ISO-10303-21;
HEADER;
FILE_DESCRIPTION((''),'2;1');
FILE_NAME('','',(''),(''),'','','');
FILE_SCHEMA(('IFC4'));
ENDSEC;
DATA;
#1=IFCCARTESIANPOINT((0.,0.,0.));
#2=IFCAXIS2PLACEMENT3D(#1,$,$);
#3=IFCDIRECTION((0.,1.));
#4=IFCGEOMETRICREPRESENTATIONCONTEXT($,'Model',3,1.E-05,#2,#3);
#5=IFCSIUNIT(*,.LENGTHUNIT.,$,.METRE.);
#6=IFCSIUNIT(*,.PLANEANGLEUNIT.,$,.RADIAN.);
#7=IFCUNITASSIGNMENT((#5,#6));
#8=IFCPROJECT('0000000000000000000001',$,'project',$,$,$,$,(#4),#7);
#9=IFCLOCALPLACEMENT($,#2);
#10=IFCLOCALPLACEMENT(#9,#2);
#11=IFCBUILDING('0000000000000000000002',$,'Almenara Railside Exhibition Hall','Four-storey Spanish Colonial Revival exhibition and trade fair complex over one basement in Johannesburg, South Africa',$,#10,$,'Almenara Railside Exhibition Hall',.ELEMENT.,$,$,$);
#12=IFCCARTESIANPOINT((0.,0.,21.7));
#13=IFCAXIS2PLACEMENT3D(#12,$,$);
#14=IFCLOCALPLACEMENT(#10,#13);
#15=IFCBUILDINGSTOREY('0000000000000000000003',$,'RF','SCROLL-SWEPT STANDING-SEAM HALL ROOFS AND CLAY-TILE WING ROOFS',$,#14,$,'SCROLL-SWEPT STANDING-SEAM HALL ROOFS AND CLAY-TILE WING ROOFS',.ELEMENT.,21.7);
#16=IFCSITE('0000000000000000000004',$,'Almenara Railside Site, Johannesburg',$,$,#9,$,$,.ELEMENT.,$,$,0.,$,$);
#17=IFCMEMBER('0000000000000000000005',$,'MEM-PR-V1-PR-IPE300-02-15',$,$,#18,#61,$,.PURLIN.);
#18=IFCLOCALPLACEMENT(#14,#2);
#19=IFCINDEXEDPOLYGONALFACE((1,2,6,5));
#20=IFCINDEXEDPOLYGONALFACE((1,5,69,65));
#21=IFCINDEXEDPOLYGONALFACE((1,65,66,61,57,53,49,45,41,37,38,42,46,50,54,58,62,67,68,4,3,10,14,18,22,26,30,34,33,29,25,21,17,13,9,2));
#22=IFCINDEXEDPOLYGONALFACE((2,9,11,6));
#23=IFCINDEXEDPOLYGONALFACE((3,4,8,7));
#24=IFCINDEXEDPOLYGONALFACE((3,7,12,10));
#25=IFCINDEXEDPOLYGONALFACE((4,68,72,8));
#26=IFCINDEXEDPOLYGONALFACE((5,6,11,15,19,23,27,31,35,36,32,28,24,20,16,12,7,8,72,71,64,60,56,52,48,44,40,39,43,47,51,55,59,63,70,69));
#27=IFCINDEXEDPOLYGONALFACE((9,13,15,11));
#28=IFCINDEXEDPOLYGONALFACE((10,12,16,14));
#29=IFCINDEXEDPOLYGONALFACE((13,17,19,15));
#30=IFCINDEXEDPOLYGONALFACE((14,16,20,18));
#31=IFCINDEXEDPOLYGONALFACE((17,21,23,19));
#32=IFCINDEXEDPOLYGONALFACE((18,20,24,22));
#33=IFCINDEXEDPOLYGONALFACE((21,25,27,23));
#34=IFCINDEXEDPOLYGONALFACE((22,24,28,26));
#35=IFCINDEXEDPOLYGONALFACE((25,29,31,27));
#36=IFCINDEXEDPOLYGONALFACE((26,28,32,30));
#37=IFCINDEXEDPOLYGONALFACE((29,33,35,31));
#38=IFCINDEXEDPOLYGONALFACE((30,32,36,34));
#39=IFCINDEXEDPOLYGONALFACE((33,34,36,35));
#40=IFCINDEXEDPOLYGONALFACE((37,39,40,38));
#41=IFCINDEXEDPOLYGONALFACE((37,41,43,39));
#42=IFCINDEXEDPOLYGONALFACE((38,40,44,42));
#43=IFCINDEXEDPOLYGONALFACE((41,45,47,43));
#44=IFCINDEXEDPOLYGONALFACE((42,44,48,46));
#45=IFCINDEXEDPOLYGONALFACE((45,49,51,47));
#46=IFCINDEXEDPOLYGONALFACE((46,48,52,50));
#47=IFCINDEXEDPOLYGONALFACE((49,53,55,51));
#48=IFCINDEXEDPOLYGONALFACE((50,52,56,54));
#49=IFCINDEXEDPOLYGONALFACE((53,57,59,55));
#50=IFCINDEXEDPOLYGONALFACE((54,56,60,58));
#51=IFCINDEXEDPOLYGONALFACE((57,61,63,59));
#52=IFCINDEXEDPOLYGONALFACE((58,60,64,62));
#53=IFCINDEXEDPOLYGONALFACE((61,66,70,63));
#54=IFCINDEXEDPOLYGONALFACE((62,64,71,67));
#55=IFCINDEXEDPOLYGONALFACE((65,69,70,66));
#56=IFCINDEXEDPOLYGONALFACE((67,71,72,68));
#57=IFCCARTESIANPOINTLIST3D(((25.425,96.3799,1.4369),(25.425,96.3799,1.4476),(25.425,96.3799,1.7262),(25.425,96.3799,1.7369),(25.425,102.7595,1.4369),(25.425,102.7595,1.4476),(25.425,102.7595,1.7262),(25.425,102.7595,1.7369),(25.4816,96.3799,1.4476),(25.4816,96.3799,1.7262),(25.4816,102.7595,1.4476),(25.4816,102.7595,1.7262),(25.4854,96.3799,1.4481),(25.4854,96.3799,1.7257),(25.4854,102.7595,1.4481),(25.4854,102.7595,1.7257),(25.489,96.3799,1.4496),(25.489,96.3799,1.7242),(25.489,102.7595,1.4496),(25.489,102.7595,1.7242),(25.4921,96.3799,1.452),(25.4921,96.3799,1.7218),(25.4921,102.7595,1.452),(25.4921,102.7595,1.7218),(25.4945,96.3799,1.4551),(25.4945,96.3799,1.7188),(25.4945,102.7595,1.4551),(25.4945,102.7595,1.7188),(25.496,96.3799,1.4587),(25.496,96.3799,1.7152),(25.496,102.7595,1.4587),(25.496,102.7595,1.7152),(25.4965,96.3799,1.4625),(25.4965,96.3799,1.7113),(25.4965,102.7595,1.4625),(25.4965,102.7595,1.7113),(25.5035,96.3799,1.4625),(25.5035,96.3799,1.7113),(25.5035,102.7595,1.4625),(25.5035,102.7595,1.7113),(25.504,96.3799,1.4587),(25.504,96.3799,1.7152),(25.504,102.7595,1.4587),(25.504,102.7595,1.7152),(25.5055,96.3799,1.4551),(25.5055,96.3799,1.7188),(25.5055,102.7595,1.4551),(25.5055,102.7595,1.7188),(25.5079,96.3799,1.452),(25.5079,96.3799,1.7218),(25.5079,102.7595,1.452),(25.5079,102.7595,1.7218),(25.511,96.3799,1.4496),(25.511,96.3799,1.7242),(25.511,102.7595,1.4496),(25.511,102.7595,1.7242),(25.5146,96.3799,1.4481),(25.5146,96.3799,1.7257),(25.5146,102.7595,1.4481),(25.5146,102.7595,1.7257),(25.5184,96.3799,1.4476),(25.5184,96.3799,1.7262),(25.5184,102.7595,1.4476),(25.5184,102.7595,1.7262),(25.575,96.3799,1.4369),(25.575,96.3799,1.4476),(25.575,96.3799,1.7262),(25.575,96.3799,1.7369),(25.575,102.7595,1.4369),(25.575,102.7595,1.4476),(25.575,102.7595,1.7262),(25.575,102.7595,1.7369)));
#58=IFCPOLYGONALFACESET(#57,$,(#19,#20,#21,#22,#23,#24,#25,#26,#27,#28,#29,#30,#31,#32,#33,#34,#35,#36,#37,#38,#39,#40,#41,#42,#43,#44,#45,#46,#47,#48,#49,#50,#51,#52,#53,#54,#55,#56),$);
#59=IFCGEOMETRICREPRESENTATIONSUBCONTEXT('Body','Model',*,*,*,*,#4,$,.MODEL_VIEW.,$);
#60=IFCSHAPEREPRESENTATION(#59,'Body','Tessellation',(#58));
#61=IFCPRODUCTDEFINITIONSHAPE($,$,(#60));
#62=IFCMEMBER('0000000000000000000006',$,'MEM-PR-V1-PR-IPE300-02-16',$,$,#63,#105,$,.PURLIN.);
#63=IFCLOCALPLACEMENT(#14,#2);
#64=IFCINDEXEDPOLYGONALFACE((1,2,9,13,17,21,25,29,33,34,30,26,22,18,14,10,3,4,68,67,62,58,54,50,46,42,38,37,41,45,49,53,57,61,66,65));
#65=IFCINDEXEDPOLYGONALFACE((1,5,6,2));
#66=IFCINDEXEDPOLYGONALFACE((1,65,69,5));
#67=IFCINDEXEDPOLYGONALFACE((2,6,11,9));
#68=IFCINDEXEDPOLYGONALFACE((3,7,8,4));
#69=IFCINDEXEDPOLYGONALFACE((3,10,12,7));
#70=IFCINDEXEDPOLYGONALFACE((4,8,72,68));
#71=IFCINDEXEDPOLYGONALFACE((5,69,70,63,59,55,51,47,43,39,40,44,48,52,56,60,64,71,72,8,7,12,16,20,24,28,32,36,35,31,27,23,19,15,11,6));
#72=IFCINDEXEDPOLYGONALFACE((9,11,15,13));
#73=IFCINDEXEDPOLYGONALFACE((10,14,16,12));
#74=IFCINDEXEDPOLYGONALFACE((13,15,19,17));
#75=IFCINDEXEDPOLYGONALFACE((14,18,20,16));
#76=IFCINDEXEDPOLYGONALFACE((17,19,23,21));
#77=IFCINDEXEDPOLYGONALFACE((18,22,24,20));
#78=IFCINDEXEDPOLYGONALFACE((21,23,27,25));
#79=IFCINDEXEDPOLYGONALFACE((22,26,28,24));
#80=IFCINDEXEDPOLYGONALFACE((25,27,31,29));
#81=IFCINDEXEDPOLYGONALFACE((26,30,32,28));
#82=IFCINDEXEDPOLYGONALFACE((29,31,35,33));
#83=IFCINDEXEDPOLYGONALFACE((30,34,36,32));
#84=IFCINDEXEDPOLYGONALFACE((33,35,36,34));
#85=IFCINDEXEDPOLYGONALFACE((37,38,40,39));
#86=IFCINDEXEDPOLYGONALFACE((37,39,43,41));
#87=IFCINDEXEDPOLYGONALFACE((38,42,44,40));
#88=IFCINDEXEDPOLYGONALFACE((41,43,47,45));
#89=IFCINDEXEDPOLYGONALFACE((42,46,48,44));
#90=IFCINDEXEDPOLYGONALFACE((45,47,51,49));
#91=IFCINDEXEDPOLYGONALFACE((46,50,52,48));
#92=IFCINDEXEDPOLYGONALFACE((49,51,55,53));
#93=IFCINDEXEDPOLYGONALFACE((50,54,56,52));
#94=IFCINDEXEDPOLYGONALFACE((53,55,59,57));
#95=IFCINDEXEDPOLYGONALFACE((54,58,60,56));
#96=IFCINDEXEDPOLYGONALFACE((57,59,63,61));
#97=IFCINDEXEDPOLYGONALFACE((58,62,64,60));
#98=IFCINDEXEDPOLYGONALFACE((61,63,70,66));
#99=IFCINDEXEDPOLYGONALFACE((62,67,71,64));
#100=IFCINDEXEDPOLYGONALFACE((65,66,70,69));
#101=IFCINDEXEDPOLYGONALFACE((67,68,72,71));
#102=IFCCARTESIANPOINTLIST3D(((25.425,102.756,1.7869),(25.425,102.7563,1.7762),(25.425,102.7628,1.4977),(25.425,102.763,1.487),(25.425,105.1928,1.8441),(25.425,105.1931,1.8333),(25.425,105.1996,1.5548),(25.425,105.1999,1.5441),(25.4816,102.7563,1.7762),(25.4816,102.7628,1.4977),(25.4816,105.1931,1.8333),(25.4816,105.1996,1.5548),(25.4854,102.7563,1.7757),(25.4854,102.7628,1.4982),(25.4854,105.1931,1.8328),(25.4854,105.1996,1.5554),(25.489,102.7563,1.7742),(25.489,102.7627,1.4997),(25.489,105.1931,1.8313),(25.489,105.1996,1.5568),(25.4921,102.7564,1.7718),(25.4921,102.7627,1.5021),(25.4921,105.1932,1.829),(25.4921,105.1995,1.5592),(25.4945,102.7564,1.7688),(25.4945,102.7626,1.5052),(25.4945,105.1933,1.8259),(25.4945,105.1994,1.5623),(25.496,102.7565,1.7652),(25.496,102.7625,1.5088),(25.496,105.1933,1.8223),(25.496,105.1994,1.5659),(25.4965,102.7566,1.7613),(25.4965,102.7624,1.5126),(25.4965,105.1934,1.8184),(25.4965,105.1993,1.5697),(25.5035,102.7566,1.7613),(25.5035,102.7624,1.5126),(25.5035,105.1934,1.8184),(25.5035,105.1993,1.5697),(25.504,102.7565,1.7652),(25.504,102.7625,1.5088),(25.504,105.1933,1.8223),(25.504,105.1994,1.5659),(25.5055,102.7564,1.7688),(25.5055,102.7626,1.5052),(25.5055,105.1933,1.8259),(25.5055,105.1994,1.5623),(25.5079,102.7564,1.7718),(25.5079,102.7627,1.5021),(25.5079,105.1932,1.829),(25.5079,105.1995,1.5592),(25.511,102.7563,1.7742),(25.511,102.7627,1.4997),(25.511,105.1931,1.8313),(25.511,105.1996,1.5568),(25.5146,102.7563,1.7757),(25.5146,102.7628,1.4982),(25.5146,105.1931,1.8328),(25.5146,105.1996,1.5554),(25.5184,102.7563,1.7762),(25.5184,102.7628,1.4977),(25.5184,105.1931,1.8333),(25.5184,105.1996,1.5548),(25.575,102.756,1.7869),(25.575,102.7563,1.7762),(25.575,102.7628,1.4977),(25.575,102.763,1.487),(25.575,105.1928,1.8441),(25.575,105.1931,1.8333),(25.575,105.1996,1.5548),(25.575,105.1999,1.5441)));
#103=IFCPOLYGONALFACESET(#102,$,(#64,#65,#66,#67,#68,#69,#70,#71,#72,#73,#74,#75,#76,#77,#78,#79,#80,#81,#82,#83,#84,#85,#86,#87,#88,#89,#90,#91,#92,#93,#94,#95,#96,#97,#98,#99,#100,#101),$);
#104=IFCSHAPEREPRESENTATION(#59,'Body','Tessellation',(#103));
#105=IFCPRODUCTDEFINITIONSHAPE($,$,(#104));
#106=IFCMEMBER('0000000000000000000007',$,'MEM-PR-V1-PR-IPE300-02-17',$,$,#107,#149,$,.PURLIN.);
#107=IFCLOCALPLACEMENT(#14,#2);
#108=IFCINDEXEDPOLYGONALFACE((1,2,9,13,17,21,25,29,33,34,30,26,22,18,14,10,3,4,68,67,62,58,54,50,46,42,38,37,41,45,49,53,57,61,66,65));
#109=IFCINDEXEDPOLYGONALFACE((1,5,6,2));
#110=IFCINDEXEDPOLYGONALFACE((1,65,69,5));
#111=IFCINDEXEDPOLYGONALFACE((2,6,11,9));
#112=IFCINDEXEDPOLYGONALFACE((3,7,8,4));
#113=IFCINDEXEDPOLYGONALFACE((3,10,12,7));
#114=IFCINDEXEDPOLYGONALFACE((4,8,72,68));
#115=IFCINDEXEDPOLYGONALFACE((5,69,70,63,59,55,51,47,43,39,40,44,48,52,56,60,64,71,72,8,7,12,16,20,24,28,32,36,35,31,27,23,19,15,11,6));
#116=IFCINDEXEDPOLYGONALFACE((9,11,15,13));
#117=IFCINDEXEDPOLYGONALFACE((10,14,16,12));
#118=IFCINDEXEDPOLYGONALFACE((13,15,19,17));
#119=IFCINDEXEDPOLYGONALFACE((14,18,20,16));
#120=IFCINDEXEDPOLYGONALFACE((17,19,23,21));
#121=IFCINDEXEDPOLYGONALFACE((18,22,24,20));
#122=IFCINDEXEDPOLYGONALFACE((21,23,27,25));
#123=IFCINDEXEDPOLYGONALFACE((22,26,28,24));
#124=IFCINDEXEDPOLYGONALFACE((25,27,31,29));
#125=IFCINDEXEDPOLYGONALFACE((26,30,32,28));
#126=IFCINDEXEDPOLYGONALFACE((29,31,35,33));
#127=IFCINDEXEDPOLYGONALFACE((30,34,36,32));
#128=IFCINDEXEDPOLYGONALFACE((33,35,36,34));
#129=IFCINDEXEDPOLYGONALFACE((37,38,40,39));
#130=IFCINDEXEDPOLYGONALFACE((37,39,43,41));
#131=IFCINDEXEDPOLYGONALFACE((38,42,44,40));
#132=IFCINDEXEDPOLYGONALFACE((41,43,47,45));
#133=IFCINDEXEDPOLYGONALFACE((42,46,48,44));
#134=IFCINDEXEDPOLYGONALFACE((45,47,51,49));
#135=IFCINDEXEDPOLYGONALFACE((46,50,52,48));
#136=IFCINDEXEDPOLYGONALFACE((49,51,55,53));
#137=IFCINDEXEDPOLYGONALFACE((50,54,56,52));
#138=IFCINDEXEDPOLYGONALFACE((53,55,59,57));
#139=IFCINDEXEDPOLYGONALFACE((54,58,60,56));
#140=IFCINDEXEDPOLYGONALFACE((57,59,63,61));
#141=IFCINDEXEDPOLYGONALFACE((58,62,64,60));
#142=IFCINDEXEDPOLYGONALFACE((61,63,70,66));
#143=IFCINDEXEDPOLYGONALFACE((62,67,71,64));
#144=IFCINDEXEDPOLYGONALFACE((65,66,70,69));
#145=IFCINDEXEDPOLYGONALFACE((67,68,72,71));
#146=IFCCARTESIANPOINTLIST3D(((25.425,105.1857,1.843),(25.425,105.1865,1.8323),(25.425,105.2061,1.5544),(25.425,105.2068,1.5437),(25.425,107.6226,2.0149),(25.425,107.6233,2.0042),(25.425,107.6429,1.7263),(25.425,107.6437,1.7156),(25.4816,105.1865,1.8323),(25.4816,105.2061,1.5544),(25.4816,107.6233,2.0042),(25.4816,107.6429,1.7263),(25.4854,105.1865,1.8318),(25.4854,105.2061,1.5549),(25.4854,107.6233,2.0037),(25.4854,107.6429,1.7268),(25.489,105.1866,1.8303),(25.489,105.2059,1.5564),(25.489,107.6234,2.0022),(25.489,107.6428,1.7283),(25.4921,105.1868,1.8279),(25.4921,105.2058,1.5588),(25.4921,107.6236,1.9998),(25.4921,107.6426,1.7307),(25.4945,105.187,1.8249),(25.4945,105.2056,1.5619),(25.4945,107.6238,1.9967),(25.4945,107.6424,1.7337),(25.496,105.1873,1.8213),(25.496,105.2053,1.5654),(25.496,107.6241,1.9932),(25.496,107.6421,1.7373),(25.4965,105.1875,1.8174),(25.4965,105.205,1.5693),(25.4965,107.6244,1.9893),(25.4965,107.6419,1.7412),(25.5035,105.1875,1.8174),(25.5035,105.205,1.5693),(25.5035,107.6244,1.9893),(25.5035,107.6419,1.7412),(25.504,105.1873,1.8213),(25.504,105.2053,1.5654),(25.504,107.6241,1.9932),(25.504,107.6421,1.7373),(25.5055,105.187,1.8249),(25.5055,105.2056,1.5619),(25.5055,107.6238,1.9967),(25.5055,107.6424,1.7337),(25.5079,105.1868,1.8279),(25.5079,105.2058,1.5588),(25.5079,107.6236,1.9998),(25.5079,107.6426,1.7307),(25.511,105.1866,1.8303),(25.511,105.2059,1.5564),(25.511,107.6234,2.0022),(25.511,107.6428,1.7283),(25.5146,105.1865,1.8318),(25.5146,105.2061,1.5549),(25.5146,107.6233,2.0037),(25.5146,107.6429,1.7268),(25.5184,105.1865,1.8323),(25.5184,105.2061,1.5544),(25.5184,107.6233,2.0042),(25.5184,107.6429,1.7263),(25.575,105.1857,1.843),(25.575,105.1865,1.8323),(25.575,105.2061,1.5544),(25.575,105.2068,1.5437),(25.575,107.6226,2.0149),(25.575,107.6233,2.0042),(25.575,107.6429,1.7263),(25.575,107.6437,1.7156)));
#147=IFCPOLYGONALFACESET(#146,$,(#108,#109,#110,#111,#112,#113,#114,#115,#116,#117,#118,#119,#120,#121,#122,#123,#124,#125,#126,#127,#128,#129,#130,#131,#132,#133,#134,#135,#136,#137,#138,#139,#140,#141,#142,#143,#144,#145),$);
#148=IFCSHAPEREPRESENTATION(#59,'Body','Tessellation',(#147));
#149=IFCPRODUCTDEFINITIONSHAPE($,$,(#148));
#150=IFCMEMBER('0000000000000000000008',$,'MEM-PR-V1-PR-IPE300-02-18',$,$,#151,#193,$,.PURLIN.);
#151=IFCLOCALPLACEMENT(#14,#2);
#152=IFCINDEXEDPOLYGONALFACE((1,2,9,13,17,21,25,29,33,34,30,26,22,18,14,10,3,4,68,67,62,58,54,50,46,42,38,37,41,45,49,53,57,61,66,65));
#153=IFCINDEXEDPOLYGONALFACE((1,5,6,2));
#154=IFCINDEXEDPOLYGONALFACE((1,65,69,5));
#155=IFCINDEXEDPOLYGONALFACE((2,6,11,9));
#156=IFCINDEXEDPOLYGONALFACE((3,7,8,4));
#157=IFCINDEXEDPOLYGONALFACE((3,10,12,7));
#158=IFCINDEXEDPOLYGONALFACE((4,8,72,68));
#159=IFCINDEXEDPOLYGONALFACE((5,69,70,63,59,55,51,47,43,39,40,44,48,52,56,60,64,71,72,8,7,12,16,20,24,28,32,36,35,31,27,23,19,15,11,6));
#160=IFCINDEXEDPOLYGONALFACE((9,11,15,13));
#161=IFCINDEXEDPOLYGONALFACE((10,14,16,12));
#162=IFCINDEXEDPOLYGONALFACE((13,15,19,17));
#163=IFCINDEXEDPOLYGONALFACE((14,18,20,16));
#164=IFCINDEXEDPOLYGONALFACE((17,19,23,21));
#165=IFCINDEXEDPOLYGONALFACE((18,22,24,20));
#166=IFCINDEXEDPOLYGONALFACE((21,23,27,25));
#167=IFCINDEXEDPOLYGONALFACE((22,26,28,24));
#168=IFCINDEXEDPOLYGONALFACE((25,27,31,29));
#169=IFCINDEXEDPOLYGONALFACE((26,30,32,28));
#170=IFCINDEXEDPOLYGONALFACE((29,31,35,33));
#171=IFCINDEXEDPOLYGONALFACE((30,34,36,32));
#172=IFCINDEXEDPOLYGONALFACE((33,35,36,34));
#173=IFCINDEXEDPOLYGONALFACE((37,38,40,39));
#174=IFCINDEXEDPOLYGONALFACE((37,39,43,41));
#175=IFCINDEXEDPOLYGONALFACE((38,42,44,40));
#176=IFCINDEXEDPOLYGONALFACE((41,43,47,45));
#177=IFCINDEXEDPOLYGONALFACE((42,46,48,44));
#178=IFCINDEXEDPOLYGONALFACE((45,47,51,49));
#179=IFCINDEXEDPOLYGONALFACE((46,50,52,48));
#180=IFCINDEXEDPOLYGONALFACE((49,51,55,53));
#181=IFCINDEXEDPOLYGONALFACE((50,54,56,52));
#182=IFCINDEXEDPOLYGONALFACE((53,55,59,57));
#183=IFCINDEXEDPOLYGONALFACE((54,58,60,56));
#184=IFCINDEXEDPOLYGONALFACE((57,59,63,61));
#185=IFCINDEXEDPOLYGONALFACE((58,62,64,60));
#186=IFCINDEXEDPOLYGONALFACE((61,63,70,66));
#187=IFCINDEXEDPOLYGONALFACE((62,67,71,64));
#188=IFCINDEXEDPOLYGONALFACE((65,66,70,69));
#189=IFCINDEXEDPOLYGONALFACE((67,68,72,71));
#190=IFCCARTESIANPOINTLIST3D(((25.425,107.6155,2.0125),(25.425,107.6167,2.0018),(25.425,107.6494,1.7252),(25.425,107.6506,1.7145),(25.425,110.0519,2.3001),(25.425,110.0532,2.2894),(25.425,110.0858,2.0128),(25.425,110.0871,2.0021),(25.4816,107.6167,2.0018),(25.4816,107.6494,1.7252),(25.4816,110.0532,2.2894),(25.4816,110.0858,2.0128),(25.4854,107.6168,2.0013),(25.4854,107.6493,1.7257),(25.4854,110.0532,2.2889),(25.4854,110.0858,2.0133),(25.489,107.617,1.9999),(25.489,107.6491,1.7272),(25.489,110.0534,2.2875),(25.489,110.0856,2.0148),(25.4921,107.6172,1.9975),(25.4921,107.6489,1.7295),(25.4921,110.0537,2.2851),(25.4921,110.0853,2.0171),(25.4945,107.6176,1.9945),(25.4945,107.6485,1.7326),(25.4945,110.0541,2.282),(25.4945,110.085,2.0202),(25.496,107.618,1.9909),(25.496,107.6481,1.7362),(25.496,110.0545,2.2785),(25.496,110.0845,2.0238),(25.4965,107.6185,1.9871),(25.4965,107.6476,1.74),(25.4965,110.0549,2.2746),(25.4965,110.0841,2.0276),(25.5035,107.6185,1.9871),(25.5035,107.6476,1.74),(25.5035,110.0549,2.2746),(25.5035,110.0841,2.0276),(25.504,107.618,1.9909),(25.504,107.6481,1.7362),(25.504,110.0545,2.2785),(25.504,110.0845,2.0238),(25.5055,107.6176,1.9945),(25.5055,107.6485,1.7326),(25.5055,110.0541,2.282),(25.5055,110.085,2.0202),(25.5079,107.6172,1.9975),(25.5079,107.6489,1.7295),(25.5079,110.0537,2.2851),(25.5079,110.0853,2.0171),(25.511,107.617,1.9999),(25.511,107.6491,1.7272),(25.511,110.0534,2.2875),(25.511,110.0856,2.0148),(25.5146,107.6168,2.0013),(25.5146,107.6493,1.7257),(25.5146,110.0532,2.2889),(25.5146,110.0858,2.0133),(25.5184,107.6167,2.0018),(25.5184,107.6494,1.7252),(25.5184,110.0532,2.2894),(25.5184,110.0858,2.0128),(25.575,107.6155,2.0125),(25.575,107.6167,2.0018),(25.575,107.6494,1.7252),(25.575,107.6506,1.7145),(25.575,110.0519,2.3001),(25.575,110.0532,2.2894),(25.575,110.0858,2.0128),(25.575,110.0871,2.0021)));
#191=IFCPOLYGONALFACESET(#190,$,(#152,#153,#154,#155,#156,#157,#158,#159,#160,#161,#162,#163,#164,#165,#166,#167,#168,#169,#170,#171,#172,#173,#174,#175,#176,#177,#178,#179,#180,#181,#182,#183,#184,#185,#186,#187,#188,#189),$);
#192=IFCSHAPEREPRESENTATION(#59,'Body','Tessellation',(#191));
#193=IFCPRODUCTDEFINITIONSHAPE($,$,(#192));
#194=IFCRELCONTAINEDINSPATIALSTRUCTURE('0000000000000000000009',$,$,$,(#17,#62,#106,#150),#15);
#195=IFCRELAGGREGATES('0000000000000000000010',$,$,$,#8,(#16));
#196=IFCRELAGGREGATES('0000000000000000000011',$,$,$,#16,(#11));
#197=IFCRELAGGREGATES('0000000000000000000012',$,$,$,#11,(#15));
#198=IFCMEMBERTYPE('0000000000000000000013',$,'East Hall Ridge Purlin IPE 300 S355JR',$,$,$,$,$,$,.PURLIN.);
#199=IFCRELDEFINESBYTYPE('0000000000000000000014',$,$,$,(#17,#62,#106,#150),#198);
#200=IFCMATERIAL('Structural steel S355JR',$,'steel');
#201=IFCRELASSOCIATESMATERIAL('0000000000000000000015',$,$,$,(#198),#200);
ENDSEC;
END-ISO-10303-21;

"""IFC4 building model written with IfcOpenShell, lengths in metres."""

from ifc_helpers import new_model, si_unit, direction, frame, origin, origin_2d, place, context, subcontext, project, spatial, i_section, extrude, material, material_profile, profile_set, type_object, element, save


model = new_model("IFC4")

# Units and contexts
model_context = context("Model", 3, precision=1e-05, world=origin(), true_north=direction((0.0, 1.0)))
body_context = subcontext(model_context, "Body", "Model", "MODEL_VIEW")
ifc_project = project(units=[si_unit("LENGTHUNIT", "METRE"), si_unit("PLANEANGLEUNIT", "RADIAN")], contexts=[model_context])

# Site, building, storey
site_placement = place(None, origin())
site = spatial("IfcSite", under=ifc_project, at=site_placement, Name="Almenara Railside Site, Johannesburg", CompositionType="ELEMENT", RefElevation=0.0)
building_placement = place(site_placement, origin())
building = spatial("IfcBuilding", under=site, at=building_placement, Name="Almenara Railside Exhibition Hall", Description="Four-storey Spanish Colonial Revival exhibition and trade fair complex over one basement in Johannesburg, South Africa", LongName="Almenara Railside Exhibition Hall", CompositionType="ELEMENT")
storey_placement = place(building_placement, frame((0.0, 0.0, 21.7)))
storey = spatial("IfcBuildingStorey", under=building, at=storey_placement, Name="RF", Description="SCROLL-SWEPT STANDING-SEAM HALL ROOFS AND CLAY-TILE WING ROOFS", LongName="SCROLL-SWEPT STANDING-SEAM HALL ROOFS AND CLAY-TILE WING ROOFS", CompositionType="ELEMENT", Elevation=21.7)

# Members
ifc_material_1 = material(Name="Structural steel S355JR", Category="steel")
ifc_material_profile_1 = material_profile(ifc_material_1, i_section(OverallWidth=0.1499, OverallDepth=0.3, WebThickness=0.0071, FlangeThickness=0.0107, FilletRadius=0.0149, at=origin_2d()), Name="IPE 300")
ifc_profile_set_1 = profile_set([ifc_material_profile_1], Name="Structural steel S355JR")
member_type_1 = type_object("IfcMemberType", Name="East Hall Ridge Purlin IPE 300 S355JR", PredefinedType="PURLIN", material=ifc_profile_set_1)
member_1_placement = place(storey_placement, frame((25.5, 96.3799, 1.5869), z_axis=(0.0, 1.0, 0.0), x_axis=(-1.0, 0.0, 0.0)))
element("IfcMember", 1, at=member_1_placement, inside=storey, type_object=member_type_1, Name="MEM-PR-V1-PR-IPE300-02-15", PredefinedType="PURLIN", context=body_context, shape_type="SweptSolid", body=[
    extrude(i_section(OverallWidth=0.1499, OverallDepth=0.3, WebThickness=0.0071, FlangeThickness=0.0107, FilletRadius=0.0149, at=origin_2d()), origin(), (0.0, 0.0, 1.0), 6.3796),
])
member_2_placement = place(storey_placement, frame((25.5, 102.7595, 1.637), z_axis=(0.0, 0.999725, 0.023438), x_axis=(-1.0, 0.0, 0.0)))
element("IfcMember", 2, at=member_2_placement, inside=storey, type_object=member_type_1, Name="MEM-PR-V1-PR-IPE300-02-16", PredefinedType="PURLIN", context=body_context, shape_type="SweptSolid", body=[
    extrude(i_section(OverallWidth=0.1499, OverallDepth=0.3, WebThickness=0.0071, FlangeThickness=0.0107, FilletRadius=0.0149, at=origin_2d()), origin(), (0.0, 0.0, 1.0), 2.4375),
])
member_3_placement = place(storey_placement, frame((25.5, 105.1963, 1.6934), z_axis=(0.0, 0.997522, 0.070359), x_axis=(-1.0, 0.0, 0.0)))
element("IfcMember", 3, at=member_3_placement, inside=storey, type_object=member_type_1, Name="MEM-PR-V1-PR-IPE300-02-17", PredefinedType="PURLIN", context=body_context, shape_type="SweptSolid", body=[
    extrude(i_section(OverallWidth=0.1499, OverallDepth=0.3, WebThickness=0.0071, FlangeThickness=0.0107, FilletRadius=0.0149, at=origin_2d()), origin(), (0.0, 0.0, 1.0), 2.4429),
])
member_4_placement = place(storey_placement, frame((25.5, 107.6331, 1.8635), z_axis=(0.0, 0.993106, 0.117222), x_axis=(-1.0, 0.0, 0.0)))
element("IfcMember", 4, at=member_4_placement, inside=storey, type_object=member_type_1, Name="MEM-PR-V1-PR-IPE300-02-18", PredefinedType="PURLIN", context=body_context, shape_type="SweptSolid", body=[
    extrude(i_section(OverallWidth=0.1499, OverallDepth=0.3, WebThickness=0.0071, FlangeThickness=0.0107, FilletRadius=0.0149, at=origin_2d()), origin(), (0.0, 0.0, 1.0), 2.4534),
])

save(model, "model.ifc")
